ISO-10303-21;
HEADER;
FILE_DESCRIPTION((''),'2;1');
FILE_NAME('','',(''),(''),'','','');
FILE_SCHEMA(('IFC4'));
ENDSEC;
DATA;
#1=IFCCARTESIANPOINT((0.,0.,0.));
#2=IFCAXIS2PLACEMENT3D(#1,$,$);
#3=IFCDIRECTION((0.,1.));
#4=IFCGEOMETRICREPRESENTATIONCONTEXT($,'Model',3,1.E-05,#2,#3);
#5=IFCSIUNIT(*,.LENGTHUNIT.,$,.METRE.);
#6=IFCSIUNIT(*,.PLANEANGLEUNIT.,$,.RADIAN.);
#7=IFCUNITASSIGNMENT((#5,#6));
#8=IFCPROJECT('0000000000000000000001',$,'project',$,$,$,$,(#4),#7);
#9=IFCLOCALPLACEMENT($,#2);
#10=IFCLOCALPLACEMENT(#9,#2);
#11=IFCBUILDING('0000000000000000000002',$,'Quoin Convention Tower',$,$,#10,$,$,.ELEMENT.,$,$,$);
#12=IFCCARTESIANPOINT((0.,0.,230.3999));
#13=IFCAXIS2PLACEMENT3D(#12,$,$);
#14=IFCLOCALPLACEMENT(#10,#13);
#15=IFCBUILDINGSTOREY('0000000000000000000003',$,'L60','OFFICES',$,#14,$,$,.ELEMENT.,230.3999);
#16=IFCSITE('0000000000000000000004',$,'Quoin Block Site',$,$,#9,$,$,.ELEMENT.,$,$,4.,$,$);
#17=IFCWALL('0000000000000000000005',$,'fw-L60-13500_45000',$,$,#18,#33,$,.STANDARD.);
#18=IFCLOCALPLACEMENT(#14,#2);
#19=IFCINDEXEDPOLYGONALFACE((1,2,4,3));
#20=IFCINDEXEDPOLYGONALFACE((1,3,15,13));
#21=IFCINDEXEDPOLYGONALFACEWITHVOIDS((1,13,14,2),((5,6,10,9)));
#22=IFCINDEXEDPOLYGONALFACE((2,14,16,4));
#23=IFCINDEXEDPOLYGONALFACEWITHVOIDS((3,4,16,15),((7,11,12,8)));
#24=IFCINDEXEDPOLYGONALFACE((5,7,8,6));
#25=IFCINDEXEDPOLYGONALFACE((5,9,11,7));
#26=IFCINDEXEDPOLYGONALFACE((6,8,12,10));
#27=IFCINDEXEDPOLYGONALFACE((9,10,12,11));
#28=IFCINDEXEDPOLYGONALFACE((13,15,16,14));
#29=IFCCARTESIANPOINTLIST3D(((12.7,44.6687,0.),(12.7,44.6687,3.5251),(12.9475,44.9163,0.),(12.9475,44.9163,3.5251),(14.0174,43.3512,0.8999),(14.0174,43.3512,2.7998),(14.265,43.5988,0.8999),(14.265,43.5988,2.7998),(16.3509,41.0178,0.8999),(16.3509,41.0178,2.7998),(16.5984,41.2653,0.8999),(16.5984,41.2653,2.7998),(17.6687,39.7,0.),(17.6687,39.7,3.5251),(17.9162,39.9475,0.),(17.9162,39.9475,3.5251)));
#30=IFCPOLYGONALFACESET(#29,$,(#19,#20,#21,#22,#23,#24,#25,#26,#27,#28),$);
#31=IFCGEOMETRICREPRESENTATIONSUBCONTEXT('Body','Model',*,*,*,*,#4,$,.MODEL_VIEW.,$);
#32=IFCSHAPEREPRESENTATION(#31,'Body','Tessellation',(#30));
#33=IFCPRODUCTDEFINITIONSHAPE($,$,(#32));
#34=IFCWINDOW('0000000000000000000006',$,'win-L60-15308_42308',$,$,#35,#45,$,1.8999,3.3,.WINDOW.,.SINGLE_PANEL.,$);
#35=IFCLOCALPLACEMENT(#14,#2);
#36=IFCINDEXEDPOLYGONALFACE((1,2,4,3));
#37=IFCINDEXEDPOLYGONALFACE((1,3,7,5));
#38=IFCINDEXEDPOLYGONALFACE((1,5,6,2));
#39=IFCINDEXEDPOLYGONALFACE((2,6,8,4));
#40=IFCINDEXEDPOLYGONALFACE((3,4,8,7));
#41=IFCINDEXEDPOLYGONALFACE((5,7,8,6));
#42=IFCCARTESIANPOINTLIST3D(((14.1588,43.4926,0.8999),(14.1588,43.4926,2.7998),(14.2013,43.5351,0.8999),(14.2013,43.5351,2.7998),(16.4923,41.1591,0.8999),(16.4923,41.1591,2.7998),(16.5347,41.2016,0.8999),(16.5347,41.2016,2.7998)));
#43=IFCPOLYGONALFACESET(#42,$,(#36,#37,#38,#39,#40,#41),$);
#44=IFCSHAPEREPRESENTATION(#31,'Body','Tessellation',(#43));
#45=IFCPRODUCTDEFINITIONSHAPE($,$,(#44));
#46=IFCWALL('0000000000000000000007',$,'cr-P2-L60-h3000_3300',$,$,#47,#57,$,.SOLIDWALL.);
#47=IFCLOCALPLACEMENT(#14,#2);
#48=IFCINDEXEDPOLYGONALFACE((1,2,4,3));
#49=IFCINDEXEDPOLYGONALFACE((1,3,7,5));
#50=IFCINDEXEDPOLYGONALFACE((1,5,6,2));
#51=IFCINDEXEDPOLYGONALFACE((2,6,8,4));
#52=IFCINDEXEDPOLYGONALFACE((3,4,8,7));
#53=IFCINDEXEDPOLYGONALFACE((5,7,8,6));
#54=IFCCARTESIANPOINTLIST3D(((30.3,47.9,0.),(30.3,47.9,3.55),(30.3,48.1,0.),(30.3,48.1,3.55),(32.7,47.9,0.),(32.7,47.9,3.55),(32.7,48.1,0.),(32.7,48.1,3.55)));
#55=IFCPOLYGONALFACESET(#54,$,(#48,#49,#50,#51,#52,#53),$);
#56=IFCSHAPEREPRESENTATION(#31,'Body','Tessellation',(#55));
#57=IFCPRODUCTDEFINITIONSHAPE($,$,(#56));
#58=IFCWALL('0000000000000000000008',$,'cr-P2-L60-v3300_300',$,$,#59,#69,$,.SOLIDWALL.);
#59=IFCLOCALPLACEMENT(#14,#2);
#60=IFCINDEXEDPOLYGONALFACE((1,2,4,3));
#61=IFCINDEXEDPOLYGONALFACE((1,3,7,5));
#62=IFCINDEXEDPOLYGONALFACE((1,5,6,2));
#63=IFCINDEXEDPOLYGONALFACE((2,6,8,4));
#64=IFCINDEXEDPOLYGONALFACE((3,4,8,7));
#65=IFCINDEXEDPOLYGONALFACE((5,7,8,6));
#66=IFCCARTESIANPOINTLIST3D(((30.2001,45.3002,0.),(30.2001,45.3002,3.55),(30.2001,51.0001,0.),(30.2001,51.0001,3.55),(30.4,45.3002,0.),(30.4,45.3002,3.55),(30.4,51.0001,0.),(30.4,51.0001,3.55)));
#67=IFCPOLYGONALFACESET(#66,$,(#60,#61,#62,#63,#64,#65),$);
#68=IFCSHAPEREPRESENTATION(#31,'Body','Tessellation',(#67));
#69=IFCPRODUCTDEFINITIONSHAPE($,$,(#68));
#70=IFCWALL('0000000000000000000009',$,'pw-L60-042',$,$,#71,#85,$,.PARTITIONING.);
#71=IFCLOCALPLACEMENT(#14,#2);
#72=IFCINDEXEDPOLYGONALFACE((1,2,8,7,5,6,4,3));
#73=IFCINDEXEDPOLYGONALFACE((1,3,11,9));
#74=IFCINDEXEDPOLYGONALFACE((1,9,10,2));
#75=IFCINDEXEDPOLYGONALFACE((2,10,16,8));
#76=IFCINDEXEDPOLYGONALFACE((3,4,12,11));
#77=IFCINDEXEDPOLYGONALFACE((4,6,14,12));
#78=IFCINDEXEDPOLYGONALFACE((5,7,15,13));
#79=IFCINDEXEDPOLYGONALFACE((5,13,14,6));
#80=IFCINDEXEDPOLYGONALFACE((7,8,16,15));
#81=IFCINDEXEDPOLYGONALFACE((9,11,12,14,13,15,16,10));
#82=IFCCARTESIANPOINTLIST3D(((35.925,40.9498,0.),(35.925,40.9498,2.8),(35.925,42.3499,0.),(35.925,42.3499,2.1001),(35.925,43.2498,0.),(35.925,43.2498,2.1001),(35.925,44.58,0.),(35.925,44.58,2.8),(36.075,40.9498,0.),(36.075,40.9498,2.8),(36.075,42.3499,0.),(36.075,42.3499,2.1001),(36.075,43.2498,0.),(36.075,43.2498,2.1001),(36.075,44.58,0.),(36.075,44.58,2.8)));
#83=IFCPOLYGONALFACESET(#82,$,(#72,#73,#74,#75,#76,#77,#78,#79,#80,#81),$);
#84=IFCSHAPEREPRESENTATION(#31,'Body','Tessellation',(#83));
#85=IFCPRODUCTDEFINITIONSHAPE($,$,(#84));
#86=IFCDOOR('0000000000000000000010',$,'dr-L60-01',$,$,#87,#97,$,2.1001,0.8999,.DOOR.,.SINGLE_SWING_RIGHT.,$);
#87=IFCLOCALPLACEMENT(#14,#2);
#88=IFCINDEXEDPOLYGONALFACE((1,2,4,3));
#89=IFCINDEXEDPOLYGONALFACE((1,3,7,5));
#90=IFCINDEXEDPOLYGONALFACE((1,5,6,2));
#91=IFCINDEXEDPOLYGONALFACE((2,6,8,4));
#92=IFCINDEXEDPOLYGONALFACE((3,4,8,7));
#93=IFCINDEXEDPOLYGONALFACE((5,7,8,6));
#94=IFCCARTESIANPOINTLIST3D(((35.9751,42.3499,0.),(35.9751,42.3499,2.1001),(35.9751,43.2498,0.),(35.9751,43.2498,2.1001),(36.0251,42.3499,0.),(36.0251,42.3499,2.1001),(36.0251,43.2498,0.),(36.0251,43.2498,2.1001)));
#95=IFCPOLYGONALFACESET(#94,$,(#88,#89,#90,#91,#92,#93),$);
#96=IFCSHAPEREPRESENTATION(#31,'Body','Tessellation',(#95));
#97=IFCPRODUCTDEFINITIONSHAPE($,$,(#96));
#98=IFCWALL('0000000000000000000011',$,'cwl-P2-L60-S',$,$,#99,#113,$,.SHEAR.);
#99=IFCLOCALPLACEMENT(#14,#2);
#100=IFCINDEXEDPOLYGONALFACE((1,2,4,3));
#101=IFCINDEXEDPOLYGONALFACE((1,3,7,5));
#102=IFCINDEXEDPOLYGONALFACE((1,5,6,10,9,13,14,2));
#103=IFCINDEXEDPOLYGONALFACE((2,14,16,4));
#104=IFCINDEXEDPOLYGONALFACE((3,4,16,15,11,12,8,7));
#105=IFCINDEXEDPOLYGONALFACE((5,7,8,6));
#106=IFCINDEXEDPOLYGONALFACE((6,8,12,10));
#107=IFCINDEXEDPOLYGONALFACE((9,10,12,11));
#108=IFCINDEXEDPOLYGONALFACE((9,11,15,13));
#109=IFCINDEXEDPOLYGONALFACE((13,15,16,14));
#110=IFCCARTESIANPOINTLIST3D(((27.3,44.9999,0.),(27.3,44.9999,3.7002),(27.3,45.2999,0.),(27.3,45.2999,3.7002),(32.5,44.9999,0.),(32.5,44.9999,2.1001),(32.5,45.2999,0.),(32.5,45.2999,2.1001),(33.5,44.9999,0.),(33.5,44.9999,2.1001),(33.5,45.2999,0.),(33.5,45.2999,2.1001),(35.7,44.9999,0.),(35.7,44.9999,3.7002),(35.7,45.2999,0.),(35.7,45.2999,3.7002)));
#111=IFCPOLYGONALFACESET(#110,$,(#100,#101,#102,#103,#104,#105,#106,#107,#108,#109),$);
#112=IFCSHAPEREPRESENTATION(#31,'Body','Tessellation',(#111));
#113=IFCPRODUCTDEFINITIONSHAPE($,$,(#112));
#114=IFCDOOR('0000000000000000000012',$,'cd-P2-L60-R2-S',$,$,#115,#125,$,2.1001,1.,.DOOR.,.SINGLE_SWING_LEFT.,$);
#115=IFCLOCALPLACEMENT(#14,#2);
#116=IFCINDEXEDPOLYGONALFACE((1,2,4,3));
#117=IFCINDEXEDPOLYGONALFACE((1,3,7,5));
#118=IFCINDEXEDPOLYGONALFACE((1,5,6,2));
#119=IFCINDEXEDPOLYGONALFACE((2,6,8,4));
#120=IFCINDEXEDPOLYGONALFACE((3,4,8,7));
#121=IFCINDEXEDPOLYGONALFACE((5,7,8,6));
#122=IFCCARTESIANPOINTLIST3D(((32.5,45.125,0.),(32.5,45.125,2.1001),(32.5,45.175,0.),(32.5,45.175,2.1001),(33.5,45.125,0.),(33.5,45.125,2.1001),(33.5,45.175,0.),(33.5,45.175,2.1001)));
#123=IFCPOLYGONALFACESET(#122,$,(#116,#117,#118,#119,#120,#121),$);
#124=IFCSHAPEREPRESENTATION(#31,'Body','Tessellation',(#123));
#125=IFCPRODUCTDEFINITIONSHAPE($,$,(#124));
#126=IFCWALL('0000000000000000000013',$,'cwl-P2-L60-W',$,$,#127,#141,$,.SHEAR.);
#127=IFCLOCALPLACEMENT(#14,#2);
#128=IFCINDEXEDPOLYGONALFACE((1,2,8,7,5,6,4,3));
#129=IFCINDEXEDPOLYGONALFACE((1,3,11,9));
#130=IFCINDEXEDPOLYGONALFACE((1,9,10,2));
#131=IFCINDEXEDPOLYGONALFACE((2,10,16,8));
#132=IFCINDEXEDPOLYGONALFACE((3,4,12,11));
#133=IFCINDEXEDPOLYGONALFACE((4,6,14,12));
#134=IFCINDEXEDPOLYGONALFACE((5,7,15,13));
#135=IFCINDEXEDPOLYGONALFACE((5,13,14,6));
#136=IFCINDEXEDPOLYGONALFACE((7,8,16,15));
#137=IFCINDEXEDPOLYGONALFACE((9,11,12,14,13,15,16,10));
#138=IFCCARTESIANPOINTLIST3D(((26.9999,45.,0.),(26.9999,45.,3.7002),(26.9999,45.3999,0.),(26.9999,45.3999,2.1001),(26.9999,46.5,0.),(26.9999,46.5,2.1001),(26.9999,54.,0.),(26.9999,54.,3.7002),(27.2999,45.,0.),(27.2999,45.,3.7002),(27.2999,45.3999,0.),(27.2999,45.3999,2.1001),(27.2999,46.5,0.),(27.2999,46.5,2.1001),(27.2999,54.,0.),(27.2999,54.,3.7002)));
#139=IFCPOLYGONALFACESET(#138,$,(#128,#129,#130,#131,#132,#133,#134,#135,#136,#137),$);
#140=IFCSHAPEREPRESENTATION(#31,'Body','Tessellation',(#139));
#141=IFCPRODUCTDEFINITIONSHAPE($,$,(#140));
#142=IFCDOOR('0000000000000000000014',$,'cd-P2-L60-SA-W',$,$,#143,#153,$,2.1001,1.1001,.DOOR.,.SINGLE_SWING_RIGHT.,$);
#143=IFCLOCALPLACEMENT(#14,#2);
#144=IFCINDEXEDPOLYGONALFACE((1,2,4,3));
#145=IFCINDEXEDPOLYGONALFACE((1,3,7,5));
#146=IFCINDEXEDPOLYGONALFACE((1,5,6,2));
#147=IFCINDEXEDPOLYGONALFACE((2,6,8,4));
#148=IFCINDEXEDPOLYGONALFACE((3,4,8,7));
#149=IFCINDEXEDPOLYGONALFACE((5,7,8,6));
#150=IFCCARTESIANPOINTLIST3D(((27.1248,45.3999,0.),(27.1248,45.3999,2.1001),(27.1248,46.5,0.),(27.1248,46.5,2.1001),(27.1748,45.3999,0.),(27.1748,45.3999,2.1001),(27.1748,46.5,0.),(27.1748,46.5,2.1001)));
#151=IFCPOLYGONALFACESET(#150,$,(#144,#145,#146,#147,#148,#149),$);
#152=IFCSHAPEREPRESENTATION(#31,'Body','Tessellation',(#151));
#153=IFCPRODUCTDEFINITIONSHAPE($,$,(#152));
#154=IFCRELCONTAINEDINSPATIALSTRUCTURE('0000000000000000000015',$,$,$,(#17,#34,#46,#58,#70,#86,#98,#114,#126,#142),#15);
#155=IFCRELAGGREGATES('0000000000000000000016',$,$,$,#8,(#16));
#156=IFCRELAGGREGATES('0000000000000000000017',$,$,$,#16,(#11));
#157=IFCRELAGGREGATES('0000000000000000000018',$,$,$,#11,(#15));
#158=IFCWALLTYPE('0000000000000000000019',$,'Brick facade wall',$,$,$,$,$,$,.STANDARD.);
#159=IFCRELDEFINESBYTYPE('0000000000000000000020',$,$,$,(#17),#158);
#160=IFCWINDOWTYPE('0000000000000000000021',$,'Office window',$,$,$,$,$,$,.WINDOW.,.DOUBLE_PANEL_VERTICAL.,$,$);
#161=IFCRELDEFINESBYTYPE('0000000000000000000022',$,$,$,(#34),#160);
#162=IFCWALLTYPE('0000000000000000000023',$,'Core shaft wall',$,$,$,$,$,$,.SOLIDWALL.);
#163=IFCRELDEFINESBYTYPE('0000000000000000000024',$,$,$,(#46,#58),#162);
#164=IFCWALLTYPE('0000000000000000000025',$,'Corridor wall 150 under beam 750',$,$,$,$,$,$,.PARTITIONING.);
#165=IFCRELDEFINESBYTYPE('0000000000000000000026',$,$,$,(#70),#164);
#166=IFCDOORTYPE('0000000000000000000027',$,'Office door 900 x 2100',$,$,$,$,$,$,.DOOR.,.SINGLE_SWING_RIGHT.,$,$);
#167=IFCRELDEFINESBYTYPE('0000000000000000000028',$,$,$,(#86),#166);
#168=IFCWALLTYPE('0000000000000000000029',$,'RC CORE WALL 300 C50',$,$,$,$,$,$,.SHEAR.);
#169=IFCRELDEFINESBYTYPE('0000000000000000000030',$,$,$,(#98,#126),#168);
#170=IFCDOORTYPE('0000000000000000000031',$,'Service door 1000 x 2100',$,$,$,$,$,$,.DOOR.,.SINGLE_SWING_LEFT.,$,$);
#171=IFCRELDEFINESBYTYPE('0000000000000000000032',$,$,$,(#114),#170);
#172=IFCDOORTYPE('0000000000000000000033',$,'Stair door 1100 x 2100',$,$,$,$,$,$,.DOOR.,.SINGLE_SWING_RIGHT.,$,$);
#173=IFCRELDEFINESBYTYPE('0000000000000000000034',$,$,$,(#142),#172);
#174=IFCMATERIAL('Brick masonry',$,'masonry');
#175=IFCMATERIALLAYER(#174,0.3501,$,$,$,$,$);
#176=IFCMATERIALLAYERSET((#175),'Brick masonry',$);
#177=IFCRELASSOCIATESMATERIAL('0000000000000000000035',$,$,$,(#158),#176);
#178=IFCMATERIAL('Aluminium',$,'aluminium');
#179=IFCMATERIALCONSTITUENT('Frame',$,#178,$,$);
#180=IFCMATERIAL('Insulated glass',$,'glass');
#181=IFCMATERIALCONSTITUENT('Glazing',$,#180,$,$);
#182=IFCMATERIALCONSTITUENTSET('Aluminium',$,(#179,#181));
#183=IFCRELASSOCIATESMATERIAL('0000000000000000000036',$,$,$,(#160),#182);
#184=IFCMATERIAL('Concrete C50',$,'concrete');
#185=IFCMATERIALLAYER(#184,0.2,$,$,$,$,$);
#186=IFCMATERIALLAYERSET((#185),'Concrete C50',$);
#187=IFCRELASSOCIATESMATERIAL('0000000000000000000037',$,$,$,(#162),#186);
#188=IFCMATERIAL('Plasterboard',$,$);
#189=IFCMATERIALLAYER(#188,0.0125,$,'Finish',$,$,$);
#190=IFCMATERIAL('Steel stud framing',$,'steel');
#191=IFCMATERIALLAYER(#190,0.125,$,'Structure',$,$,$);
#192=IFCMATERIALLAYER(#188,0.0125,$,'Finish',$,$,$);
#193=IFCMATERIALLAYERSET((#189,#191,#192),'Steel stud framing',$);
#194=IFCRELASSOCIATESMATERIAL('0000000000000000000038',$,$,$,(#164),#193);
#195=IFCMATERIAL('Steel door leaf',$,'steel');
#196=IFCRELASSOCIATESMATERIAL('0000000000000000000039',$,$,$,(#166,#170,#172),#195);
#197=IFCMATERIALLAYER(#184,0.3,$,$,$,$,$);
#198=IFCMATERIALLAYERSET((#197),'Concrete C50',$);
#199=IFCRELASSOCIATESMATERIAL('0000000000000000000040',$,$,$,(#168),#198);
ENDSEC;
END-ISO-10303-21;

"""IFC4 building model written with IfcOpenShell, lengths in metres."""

from ifc_helpers import new_model, si_unit, direction, frame, frame_2d, origin, place, context, subcontext, project, spatial, rectangle, extrude, material, layer, layer_set, constituent, constituent_set, type_object, element, fill, save


model = new_model("IFC4")

# Units and contexts
model_context = context("Model", 3, precision=1e-05, world=origin(), true_north=direction((0.0, 1.0)))
body_context = subcontext(model_context, "Body", "Model", "MODEL_VIEW")
ifc_project = project(units=[si_unit("LENGTHUNIT", "METRE"), si_unit("PLANEANGLEUNIT", "RADIAN")], contexts=[model_context])

# Site, building, storey
site_placement = place(None, origin())
site = spatial("IfcSite", under=ifc_project, at=site_placement, Name="Quoin Block Site", CompositionType="ELEMENT", RefElevation=4.0)
building_placement = place(site_placement, origin())
building = spatial("IfcBuilding", under=site, at=building_placement, Name="Quoin Convention Tower", CompositionType="ELEMENT")
storey_placement = place(building_placement, frame((0.0, 0.0, 230.3999)))
storey = spatial("IfcBuildingStorey", under=building, at=storey_placement, Name="L60", Description="OFFICES", CompositionType="ELEMENT", Elevation=230.3999)

# Shared definitions
ifc_material_1 = material(Name="Concrete C50", Category="concrete")

# Wall, opening, window
ifc_material_2 = material(Name="Brick masonry", Category="masonry")
ifc_layer_1 = layer(ifc_material_2, 0.3501)
ifc_layer_set_1 = layer_set([ifc_layer_1], Name="Brick masonry")
wall_type_1 = type_object("IfcWallType", Name="Brick facade wall", PredefinedType="STANDARD", material=ifc_layer_set_1)
wall_1_placement = place(storey_placement, frame((12.8237, 44.7925, 0.0), z_axis=(0.0, 0.0, 1.0), x_axis=(0.707107, -0.707107, 0.0)))
wall_1 = element("IfcWall", 1, at=wall_1_placement, inside=storey, type_object=wall_type_1, Name="fw-L60-13500_45000", PredefinedType="STANDARD", context=body_context, shape_type="SweptSolid", body=[
    extrude(rectangle(XDim=7.0269, YDim=0.3501, at=frame_2d((3.5134, 0.0))), origin(), (0.0, 0.0, 1.0), 3.5251),
])
opening_1_placement = place(wall_1_placement, frame((1.8633, 0.0, 0.8999)))
opening_1 = element("IfcOpeningElement", 2, at=opening_1_placement, cuts=wall_1, PredefinedType="OPENING", context=body_context, shape_type="SweptSolid", body=[
    extrude(rectangle(XDim=3.3, YDim=1.8999, at=frame_2d((1.6499, 0.95))), frame((0.0, 0.1851, 0.0), z_axis=(0.0, -1.0, 0.0), x_axis=(1.0, 0.0, 0.0)), (0.0, 0.0, 1.0), 0.3701),
])
ifc_material_3 = material(Name="Aluminium", Category="aluminium")
ifc_constituent_1 = constituent(ifc_material_3, Name="Frame")
ifc_material_4 = material(Name="Insulated glass", Category="glass")
ifc_constituent_2 = constituent(ifc_material_4, Name="Glazing")
ifc_constituent_set = constituent_set(constituents=[ifc_constituent_1, ifc_constituent_2], Name="Aluminium")
window_type = type_object("IfcWindowType", Name="Office window", PartitioningType="DOUBLE_PANEL_VERTICAL", PredefinedType="WINDOW", material=ifc_constituent_set)
window_placement = place(opening_1_placement, origin())
window = element("IfcWindow", 3, at=window_placement, inside=storey, type_object=window_type, Name="win-L60-15308_42308", OverallHeight=1.8999, OverallWidth=3.3, PartitioningType="SINGLE_PANEL", PredefinedType="WINDOW", context=body_context, shape_type="SweptSolid", body=[
    extrude(rectangle(XDim=3.3, YDim=1.8999, at=frame_2d((1.6499, 0.95))), frame((0.0, 0.085, 0.0), z_axis=(0.0, -1.0, 0.0), x_axis=(1.0, 0.0, 0.0)), (0.0, 0.0, 1.0), 0.0601),
])
fill(opening_1, window)

# Walls
ifc_layer_2 = layer(ifc_material_1, 0.2)
ifc_layer_set_2 = layer_set([ifc_layer_2], Name="Concrete C50")
wall_type_2 = type_object("IfcWallType", Name="Core shaft wall", PredefinedType="SOLIDWALL", material=ifc_layer_set_2)
wall_2_placement = place(storey_placement, frame((30.3, 48.0, 0.0), z_axis=(0.0, 0.0, 1.0), x_axis=(1.0, 0.0, 0.0)))
element("IfcWall", 4, at=wall_2_placement, inside=storey, type_object=wall_type_2, Name="cr-P2-L60-h3000_3300", PredefinedType="SOLIDWALL", context=body_context, shape_type="SweptSolid", body=[
    extrude(rectangle(XDim=2.3999, YDim=0.2, at=frame_2d((1.2, 0.0))), origin(), (0.0, 0.0, 1.0), 3.55),
])
wall_3_placement = place(storey_placement, frame((30.3, 45.3, 0.0), z_axis=(0.0, 0.0, 1.0), x_axis=(0.0, 1.0, 0.0)))
element("IfcWall", 5, at=wall_3_placement, inside=storey, type_object=wall_type_2, Name="cr-P2-L60-v3300_300", PredefinedType="SOLIDWALL", context=body_context, shape_type="SweptSolid", body=[
    extrude(rectangle(XDim=5.7, YDim=0.2, at=frame_2d((2.8501, 0.0))), origin(), (0.0, 0.0, 1.0), 3.55),
])

# Walls, openings, doors
ifc_material_5 = material(Name="Plasterboard")
ifc_layer_3 = layer(ifc_material_5, 0.0125, Name="Finish")
ifc_material_6 = material(Name="Steel stud framing", Category="steel")
ifc_layer_4 = layer(ifc_material_6, 0.125, Name="Structure")
ifc_layer_5 = layer(ifc_material_5, 0.0125, Name="Finish")
ifc_layer_set_3 = layer_set([ifc_layer_3, ifc_layer_4, ifc_layer_5], Name="Steel stud framing")
wall_type_3 = type_object("IfcWallType", Name="Corridor wall 150 under beam 750", PredefinedType="PARTITIONING", material=ifc_layer_set_3)
wall_4_placement = place(storey_placement, frame((36.0, 40.95, 0.0), z_axis=(0.0, 0.0, 1.0), x_axis=(0.0, 1.0, 0.0)))
wall_4 = element("IfcWall", 6, at=wall_4_placement, inside=storey, type_object=wall_type_3, Name="pw-L60-042", PredefinedType="PARTITIONING", context=body_context, shape_type="SweptSolid", body=[
    extrude(rectangle(XDim=3.6301, YDim=0.1499, at=frame_2d((1.8149, 0.0))), origin(), (0.0, 0.0, 1.0), 2.8),
])
opening_2_placement = place(wall_4_placement, frame((1.3999, 0.0, 0.0)))
opening_2 = element("IfcOpeningElement", 7, at=opening_2_placement, cuts=wall_4, PredefinedType="OPENING", context=body_context, shape_type="SweptSolid", body=[
    extrude(rectangle(XDim=0.8999, YDim=2.1001, at=frame_2d((0.45, 1.05))), frame((0.0, 0.085, 0.0), z_axis=(0.0, -1.0, 0.0), x_axis=(1.0, 0.0, 0.0)), (0.0, 0.0, 1.0), 0.1699),
])
ifc_material_7 = material(Name="Steel door leaf", Category="steel")
door_type_1 = type_object("IfcDoorType", Name="Office door 900 x 2100", OperationType="SINGLE_SWING_RIGHT", PredefinedType="DOOR", material=ifc_material_7)
door_1_placement = place(opening_2_placement, origin())
door_1 = element("IfcDoor", 8, at=door_1_placement, inside=storey, type_object=door_type_1, Name="dr-L60-01", OperationType="SINGLE_SWING_RIGHT", OverallHeight=2.1001, OverallWidth=0.8999, PredefinedType="DOOR", context=body_context, shape_type="SweptSolid", body=[
    extrude(rectangle(XDim=0.8999, YDim=2.1001, at=frame_2d((0.45, 1.05))), frame((0.0, 0.0249, 0.0), z_axis=(0.0, -1.0, 0.0), x_axis=(1.0, 0.0, 0.0)), (0.0, 0.0, 1.0), 0.05),
])
fill(opening_2, door_1)
ifc_layer_6 = layer(ifc_material_1, 0.3)
ifc_layer_set_4 = layer_set([ifc_layer_6], Name="Concrete C50")
wall_type_4 = type_object("IfcWallType", Name="RC CORE WALL 300 C50", PredefinedType="SHEAR", material=ifc_layer_set_4)
wall_5_placement = place(storey_placement, frame((27.3, 45.1499, 0.0), z_axis=(0.0, 0.0, 1.0), x_axis=(1.0, 0.0, 0.0)))
wall_5 = element("IfcWall", 9, at=wall_5_placement, inside=storey, type_object=wall_type_4, Name="cwl-P2-L60-S", PredefinedType="SHEAR", context=body_context, shape_type="SweptSolid", body=[
    extrude(rectangle(XDim=8.3999, YDim=0.3, at=frame_2d((4.2, 0.0))), origin(), (0.0, 0.0, 1.0), 3.7002),
])
opening_3_placement = place(wall_5_placement, frame((5.2, 0.0, 0.0)))
opening_3 = element("IfcOpeningElement", 10, at=opening_3_placement, cuts=wall_5, PredefinedType="OPENING", context=body_context, shape_type="SweptSolid", body=[
    extrude(rectangle(XDim=1.0, YDim=2.1001, at=frame_2d((0.5, 1.05))), frame((0.0, 0.1599, 0.0), z_axis=(0.0, -1.0, 0.0), x_axis=(1.0, 0.0, 0.0)), (0.0, 0.0, 1.0), 0.3201),
])
door_type_2 = type_object("IfcDoorType", Name="Service door 1000 x 2100", OperationType="SINGLE_SWING_LEFT", PredefinedType="DOOR", material=ifc_material_7)
door_2_placement = place(opening_3_placement, frame((1.0, 0.0, 0.0), z_axis=(0.0, 0.0, 1.0), x_axis=(-1.0, 0.0, 0.0)))
door_2 = element("IfcDoor", 11, at=door_2_placement, inside=storey, type_object=door_type_2, Name="cd-P2-L60-R2-S", OperationType="SINGLE_SWING_LEFT", OverallHeight=2.1001, OverallWidth=1.0, PredefinedType="DOOR", context=body_context, shape_type="SweptSolid", body=[
    extrude(rectangle(XDim=1.0, YDim=2.1001, at=frame_2d((0.5, 1.05))), frame((0.0, 0.0249, 0.0), z_axis=(0.0, -1.0, 0.0), x_axis=(1.0, 0.0, 0.0)), (0.0, 0.0, 1.0), 0.05),
])
fill(opening_3, door_2)
wall_6_placement = place(storey_placement, frame((27.1499, 45.0, 0.0), z_axis=(0.0, 0.0, 1.0), x_axis=(0.0, 1.0, 0.0)))
wall_6 = element("IfcWall", 12, at=wall_6_placement, inside=storey, type_object=wall_type_4, Name="cwl-P2-L60-W", PredefinedType="SHEAR", context=body_context, shape_type="SweptSolid", body=[
    extrude(rectangle(XDim=9.0, YDim=0.3, at=frame_2d((4.5, 0.0))), origin(), (0.0, 0.0, 1.0), 3.7002),
])
opening_4_placement = place(wall_6_placement, frame((0.3999, 0.0, 0.0)))
opening_4 = element("IfcOpeningElement", 13, at=opening_4_placement, cuts=wall_6, PredefinedType="OPENING", context=body_context, shape_type="SweptSolid", body=[
    extrude(rectangle(XDim=1.1001, YDim=2.1001, at=frame_2d((0.55, 1.05))), frame((0.0, 0.1599, 0.0), z_axis=(0.0, -1.0, 0.0), x_axis=(1.0, 0.0, 0.0)), (0.0, 0.0, 1.0), 0.3201),
])
door_type_3 = type_object("IfcDoorType", Name="Stair door 1100 x 2100", OperationType="SINGLE_SWING_RIGHT", PredefinedType="DOOR", material=ifc_material_7)
door_3_placement = place(opening_4_placement, frame((1.1001, 0.0, 0.0), z_axis=(0.0, 0.0, 1.0), x_axis=(-1.0, 0.0, 0.0)))
door_3 = element("IfcDoor", 14, at=door_3_placement, inside=storey, type_object=door_type_3, Name="cd-P2-L60-SA-W", OperationType="SINGLE_SWING_RIGHT", OverallHeight=2.1001, OverallWidth=1.1001, PredefinedType="DOOR", context=body_context, shape_type="SweptSolid", body=[
    extrude(rectangle(XDim=1.1001, YDim=2.1001, at=frame_2d((0.55, 1.05))), frame((0.0, 0.0249, 0.0), z_axis=(0.0, -1.0, 0.0), x_axis=(1.0, 0.0, 0.0)), (0.0, 0.0, 1.0), 0.05),
])
fill(opening_4, door_3)

save(model, "model.ifc")
